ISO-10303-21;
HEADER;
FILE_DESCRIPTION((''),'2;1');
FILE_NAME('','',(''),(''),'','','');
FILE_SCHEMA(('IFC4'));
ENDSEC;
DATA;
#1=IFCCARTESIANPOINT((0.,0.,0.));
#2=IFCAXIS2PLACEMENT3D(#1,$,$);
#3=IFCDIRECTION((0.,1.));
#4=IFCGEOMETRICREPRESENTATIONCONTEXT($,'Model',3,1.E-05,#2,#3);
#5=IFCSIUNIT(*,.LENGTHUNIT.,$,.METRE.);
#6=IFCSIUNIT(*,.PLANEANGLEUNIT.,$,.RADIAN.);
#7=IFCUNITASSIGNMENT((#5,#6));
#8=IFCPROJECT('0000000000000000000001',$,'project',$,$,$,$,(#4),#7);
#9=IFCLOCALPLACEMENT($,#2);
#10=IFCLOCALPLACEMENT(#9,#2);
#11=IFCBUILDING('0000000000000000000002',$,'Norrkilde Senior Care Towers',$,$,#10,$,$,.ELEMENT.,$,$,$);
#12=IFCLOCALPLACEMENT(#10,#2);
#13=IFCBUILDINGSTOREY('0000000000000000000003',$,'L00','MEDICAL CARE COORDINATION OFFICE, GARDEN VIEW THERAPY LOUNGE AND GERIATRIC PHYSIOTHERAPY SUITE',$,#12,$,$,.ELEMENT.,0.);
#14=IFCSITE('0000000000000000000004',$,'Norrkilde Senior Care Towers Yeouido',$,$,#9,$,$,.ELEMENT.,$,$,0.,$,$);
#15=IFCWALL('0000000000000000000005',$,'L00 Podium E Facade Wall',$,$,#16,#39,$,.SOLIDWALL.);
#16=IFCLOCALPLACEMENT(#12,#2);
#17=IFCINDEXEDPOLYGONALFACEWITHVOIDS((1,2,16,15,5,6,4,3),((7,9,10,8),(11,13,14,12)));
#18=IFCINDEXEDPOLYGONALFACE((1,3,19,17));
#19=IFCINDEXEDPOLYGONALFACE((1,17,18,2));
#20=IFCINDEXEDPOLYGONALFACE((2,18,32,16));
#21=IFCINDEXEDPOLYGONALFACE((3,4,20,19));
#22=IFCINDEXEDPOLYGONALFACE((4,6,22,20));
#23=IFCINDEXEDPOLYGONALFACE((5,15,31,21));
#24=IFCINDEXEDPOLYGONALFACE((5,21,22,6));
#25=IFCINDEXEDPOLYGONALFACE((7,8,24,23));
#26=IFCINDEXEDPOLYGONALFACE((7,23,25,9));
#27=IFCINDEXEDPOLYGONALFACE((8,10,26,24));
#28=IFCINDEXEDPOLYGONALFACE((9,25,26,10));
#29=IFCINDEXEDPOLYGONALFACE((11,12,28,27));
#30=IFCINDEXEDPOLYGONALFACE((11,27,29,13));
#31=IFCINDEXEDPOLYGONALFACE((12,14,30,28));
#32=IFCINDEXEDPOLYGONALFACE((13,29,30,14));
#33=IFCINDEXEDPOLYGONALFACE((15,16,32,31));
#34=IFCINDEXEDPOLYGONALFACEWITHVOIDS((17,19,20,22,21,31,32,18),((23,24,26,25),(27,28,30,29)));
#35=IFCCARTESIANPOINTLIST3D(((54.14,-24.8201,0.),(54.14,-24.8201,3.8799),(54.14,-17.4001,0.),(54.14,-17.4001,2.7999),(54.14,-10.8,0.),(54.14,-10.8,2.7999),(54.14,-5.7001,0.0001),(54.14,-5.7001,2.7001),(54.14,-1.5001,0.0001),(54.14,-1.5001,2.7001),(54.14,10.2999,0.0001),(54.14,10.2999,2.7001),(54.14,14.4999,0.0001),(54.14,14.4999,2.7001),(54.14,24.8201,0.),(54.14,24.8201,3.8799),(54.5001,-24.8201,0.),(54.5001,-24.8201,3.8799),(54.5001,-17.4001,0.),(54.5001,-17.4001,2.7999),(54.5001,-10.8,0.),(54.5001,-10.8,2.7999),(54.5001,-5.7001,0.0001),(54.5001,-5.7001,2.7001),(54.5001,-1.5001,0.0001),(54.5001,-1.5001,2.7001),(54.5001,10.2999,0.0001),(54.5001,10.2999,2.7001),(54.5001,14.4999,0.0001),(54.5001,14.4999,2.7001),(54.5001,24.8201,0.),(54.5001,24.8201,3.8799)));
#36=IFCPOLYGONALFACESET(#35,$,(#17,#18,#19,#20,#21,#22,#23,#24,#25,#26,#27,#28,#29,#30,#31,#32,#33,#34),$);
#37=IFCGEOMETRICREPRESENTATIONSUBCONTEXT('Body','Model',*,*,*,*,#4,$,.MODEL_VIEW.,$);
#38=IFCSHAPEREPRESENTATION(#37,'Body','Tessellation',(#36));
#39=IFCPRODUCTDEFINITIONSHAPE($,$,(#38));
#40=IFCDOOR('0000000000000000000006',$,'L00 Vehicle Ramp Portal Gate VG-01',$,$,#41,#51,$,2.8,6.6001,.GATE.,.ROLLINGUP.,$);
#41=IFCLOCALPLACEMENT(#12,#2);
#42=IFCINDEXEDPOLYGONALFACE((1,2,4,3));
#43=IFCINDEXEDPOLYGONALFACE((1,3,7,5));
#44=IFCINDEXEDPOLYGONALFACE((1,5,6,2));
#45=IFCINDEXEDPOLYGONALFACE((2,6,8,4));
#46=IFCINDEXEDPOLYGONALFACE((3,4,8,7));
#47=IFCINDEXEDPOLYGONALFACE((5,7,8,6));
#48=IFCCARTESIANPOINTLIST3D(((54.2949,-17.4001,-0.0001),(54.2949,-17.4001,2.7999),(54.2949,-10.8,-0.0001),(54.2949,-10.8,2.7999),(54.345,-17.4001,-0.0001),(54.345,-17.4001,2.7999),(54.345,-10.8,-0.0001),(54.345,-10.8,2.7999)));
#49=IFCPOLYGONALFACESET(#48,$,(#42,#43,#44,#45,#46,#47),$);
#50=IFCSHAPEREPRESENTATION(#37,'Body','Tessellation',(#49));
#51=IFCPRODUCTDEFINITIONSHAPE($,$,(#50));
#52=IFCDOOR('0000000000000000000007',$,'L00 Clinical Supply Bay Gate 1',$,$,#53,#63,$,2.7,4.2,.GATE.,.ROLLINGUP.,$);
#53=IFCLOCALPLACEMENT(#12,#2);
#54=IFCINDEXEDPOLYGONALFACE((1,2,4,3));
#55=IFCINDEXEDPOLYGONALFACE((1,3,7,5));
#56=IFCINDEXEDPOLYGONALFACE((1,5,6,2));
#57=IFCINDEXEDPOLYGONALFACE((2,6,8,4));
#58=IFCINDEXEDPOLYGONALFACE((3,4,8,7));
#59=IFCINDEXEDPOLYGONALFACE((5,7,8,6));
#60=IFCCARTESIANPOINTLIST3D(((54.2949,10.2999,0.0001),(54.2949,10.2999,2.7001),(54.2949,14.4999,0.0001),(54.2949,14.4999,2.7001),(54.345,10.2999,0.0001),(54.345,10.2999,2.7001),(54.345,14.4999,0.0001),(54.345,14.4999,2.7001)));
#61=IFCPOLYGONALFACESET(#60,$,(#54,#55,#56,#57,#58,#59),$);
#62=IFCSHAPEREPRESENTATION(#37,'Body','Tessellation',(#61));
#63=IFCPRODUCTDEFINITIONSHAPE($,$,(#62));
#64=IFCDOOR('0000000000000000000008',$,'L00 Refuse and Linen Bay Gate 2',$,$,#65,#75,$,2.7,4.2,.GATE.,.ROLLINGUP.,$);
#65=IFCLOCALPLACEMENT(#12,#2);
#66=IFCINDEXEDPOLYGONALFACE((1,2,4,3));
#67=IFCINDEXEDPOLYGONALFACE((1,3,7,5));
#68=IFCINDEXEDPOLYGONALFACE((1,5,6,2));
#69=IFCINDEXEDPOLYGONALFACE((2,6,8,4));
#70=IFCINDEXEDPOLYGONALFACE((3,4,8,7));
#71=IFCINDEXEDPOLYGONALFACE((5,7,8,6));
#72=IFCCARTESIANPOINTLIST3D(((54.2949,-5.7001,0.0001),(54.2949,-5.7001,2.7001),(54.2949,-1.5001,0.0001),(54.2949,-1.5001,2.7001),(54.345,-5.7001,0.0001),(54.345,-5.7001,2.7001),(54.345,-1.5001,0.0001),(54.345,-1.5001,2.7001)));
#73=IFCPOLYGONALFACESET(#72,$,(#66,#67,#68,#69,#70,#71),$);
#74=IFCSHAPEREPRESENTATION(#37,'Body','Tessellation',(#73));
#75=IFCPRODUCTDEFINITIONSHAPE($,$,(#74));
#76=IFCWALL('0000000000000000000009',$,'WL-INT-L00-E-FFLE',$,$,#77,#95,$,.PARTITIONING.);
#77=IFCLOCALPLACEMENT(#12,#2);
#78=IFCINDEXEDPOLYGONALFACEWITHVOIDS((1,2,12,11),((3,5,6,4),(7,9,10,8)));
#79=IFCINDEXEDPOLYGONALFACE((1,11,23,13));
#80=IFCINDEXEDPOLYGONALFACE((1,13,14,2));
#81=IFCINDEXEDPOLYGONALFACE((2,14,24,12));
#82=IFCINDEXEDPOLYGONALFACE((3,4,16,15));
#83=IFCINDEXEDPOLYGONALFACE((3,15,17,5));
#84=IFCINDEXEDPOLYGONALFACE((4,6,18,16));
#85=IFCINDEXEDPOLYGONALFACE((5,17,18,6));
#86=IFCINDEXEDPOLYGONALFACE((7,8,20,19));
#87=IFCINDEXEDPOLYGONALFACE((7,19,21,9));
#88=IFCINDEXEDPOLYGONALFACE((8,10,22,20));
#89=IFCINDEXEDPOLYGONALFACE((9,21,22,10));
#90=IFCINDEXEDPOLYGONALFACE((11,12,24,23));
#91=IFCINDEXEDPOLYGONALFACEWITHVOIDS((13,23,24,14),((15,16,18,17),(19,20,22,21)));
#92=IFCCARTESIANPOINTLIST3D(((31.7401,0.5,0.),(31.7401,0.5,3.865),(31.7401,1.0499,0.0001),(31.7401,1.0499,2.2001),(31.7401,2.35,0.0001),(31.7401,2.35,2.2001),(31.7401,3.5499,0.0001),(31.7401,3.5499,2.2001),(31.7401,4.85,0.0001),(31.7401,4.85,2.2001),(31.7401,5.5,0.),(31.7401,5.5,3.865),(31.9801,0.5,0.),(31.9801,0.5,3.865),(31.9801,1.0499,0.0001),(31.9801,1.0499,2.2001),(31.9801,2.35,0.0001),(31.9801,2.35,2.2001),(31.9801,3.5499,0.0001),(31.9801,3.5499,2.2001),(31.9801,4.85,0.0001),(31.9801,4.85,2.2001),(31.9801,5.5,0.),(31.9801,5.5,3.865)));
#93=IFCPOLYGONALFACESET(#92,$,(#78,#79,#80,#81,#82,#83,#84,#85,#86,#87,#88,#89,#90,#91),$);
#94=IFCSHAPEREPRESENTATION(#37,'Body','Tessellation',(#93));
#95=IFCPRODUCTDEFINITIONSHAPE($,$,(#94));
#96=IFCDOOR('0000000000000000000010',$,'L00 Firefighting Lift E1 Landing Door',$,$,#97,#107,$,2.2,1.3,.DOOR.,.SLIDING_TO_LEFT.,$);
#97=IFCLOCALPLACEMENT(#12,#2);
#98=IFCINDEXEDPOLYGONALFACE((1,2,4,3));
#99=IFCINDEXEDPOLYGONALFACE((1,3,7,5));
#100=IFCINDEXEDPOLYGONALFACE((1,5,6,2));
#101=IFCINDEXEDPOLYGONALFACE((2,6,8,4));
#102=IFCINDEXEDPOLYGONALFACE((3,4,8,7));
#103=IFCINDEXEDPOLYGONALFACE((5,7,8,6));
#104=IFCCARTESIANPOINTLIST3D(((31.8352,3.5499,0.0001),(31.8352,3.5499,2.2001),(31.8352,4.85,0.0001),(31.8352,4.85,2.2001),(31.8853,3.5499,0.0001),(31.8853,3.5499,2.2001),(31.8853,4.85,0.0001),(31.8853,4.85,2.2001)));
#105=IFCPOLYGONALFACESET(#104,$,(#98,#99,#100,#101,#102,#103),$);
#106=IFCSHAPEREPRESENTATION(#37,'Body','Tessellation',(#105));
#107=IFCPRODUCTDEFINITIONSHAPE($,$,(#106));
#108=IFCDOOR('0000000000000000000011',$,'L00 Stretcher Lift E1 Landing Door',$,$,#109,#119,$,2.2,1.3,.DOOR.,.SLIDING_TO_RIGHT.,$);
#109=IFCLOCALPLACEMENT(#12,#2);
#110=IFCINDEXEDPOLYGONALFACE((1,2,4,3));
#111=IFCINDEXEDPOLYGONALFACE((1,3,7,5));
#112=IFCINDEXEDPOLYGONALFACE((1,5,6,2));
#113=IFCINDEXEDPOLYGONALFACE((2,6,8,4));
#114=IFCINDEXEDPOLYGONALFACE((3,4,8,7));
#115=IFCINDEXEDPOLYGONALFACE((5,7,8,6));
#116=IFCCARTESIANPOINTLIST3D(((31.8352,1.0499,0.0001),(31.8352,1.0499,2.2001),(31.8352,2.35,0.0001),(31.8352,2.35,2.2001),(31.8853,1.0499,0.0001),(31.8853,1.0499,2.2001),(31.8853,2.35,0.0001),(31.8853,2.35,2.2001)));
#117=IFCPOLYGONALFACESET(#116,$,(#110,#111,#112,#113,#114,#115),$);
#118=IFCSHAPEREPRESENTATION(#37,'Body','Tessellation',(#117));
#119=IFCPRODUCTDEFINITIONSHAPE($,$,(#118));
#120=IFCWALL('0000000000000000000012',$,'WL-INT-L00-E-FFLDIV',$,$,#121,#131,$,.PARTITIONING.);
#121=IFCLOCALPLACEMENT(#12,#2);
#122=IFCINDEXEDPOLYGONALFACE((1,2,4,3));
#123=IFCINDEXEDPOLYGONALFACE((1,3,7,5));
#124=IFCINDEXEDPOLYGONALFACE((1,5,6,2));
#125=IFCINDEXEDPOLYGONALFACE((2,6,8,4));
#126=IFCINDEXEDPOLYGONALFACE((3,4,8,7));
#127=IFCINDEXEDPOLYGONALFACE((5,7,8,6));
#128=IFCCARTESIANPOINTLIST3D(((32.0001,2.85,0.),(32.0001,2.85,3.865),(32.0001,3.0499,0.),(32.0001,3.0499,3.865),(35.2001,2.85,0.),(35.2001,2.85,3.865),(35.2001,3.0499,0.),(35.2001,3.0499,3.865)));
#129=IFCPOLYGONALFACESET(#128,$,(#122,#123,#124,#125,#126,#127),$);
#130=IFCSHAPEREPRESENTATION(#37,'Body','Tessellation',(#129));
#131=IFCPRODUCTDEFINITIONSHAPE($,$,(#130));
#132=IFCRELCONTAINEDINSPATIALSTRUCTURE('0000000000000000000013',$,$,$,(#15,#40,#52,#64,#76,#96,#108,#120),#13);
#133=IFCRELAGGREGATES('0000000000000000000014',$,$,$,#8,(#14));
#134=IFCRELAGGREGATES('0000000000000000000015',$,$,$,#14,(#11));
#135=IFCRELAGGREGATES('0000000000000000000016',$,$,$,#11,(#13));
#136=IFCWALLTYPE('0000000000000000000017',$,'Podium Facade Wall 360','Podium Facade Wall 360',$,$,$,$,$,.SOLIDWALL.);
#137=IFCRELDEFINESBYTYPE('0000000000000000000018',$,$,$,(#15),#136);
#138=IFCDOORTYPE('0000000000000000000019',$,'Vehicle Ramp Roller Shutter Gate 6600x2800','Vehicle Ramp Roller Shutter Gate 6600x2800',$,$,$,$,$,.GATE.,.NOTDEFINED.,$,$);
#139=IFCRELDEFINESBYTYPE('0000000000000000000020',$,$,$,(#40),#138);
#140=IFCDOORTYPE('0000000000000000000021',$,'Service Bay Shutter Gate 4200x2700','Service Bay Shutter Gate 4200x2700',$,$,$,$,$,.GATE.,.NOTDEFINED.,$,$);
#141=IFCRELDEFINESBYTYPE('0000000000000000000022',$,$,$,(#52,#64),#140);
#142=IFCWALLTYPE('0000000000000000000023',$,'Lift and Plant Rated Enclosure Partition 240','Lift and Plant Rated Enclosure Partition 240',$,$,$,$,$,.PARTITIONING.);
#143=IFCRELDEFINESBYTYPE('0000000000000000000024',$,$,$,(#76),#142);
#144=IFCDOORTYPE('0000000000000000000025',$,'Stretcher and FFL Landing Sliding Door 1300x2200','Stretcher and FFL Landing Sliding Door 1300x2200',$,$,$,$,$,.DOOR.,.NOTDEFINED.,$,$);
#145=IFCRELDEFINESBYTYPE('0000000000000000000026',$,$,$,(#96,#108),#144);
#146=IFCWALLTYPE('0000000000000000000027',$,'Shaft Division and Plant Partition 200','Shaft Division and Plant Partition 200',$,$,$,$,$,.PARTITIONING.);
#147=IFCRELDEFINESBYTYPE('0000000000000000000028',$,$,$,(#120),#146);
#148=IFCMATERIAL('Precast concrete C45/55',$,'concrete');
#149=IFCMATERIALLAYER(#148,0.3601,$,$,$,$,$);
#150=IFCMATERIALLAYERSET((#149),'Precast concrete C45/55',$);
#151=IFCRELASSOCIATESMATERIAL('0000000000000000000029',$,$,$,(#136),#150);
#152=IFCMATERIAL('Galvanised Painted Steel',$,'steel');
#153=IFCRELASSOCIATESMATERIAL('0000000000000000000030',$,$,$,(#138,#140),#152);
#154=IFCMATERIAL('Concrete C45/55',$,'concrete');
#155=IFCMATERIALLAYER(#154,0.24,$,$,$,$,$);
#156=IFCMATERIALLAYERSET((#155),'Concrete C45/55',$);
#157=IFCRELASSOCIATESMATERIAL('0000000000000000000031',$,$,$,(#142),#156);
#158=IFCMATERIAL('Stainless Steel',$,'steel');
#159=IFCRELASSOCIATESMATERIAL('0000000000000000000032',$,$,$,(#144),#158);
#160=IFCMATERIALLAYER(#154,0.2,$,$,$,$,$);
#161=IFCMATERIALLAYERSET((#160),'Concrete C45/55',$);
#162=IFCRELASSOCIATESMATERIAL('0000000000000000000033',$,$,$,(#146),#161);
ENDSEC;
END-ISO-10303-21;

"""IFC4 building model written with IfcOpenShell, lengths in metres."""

from ifc_helpers import new_model, si_unit, direction, frame, frame_2d, origin, place, context, subcontext, project, spatial, rectangle, extrude, source, transform, mapped, material, layer, layer_set, type_object, type_shapes, element, fill, save


model = new_model("IFC4")

# Units and contexts
model_context = context("Model", 3, precision=1e-05, world=origin(), true_north=direction((0.0, 1.0)))
body_context = subcontext(model_context, "Body", "Model", "MODEL_VIEW")
ifc_project = project(units=[si_unit("LENGTHUNIT", "METRE"), si_unit("PLANEANGLEUNIT", "RADIAN")], contexts=[model_context])

# Site, building, storey
site_placement = place(None, origin())
site = spatial("IfcSite", under=ifc_project, at=site_placement, Name="Norrkilde Senior Care Towers Yeouido", CompositionType="ELEMENT", RefElevation=0.0)
building_placement = place(site_placement, origin())
building = spatial("IfcBuilding", under=site, at=building_placement, Name="Norrkilde Senior Care Towers", CompositionType="ELEMENT")
storey_placement = place(building_placement, origin())
storey = spatial("IfcBuildingStorey", under=building, at=storey_placement, Name="L00", Description="MEDICAL CARE COORDINATION OFFICE, GARDEN VIEW THERAPY LOUNGE AND GERIATRIC PHYSIOTHERAPY SUITE", CompositionType="ELEMENT", Elevation=0.0)

# Shared definitions
ifc_material_1 = material(Name="Galvanised Painted Steel", Category="steel")

# Wall, openings, doors
ifc_material_2 = material(Name="Precast concrete C45/55", Category="concrete")
ifc_layer_1 = layer(ifc_material_2, 0.3601)
ifc_layer_set_1 = layer_set([ifc_layer_1], Name="Precast concrete C45/55")
wall_type_1 = type_object("IfcWallType", Name="Podium Facade Wall 360", Description="Podium Facade Wall 360", PredefinedType="SOLIDWALL", material=ifc_layer_set_1)
shared_shape_1 = source(origin(), body_context, "Body", "SweptSolid", [
    extrude(rectangle(XDim=49.6401, YDim=0.3601, at=frame_2d((24.8201, 0.0))), origin(), (0.0, 0.0, 1.0), 3.8799),
])
type_shapes(wall_type_1, [shared_shape_1])
wall_1_placement = place(storey_placement, frame((54.3201, 24.8201, 0.0), z_axis=(0.0, 0.0, 1.0), x_axis=(0.0, -1.0, 0.0)))
wall_1 = element("IfcWall", 1, at=wall_1_placement, inside=storey, type_object=wall_type_1, Name="L00 Podium E Facade Wall", PredefinedType="SOLIDWALL", context=body_context, shape_type="MappedRepresentation", body=[
    mapped(shared_shape_1, transform((0.0, 0.0, 0.0), x_axis=(1.0, 0.0, 0.0), y_axis=(0.0, 1.0, 0.0), z_axis=(0.0, 0.0, 1.0), scale=1.0)),
])
opening_1_placement = place(wall_1_placement, frame((35.6201, 0.0, 0.0)))
opening_1 = element("IfcOpeningElement", 2, at=opening_1_placement, cuts=wall_1, PredefinedType="OPENING", context=body_context, shape_type="SweptSolid", body=[
    extrude(rectangle(XDim=6.6001, YDim=2.8, at=frame_2d((3.3, 1.3999))), frame((0.0, 0.1899, 0.0), z_axis=(0.0, -1.0, 0.0), x_axis=(1.0, 0.0, 0.0)), (0.0, 0.0, 1.0), 0.3801),
])
opening_2_placement = place(wall_1_placement, frame((10.3201, 0.0, 0.0)))
opening_2 = element("IfcOpeningElement", 3, at=opening_2_placement, cuts=wall_1, PredefinedType="OPENING", context=body_context, shape_type="SweptSolid", body=[
    extrude(rectangle(XDim=4.2, YDim=2.7, at=frame_2d((2.1001, 1.3501))), frame((0.0, 0.1899, 0.0), z_axis=(0.0, -1.0, 0.0), x_axis=(1.0, 0.0, 0.0)), (0.0, 0.0, 1.0), 0.3801),
])
opening_3_placement = place(wall_1_placement, frame((26.3201, 0.0, 0.0)))
opening_3 = element("IfcOpeningElement", 4, at=opening_3_placement, cuts=wall_1, PredefinedType="OPENING", context=body_context, shape_type="SweptSolid", body=[
    extrude(rectangle(XDim=4.2, YDim=2.7, at=frame_2d((2.1001, 1.3501))), frame((0.0, 0.1899, 0.0), z_axis=(0.0, -1.0, 0.0), x_axis=(1.0, 0.0, 0.0)), (0.0, 0.0, 1.0), 0.3801),
])
door_type_1 = type_object("IfcDoorType", Name="Vehicle Ramp Roller Shutter Gate 6600x2800", Description="Vehicle Ramp Roller Shutter Gate 6600x2800", OperationType="NOTDEFINED", PredefinedType="GATE", material=ifc_material_1)
shared_shape_2 = source(origin(), body_context, "Body", "SweptSolid", [
    extrude(rectangle(XDim=6.6001, YDim=2.8, at=frame_2d((3.3, 1.3999))), frame((0.0, 0.0249, 0.0), z_axis=(0.0, -1.0, 0.0), x_axis=(1.0, 0.0, 0.0)), (0.0, 0.0, 1.0), 0.05),
])
type_shapes(door_type_1, [shared_shape_2])
door_1_placement = place(opening_1_placement, origin())
door_1 = element("IfcDoor", 5, at=door_1_placement, inside=storey, type_object=door_type_1, Name="L00 Vehicle Ramp Portal Gate VG-01", OperationType="ROLLINGUP", OverallHeight=2.8, OverallWidth=6.6001, PredefinedType="GATE", context=body_context, shape_type="MappedRepresentation", body=[
    mapped(shared_shape_2, transform((0.0, 0.0, 0.0), x_axis=(1.0, 0.0, 0.0), y_axis=(0.0, 1.0, 0.0), z_axis=(0.0, 0.0, 1.0), scale=1.0)),
])
fill(opening_1, door_1)
door_type_2 = type_object("IfcDoorType", Name="Service Bay Shutter Gate 4200x2700", Description="Service Bay Shutter Gate 4200x2700", OperationType="NOTDEFINED", PredefinedType="GATE", material=ifc_material_1)
shared_shape_3 = source(origin(), body_context, "Body", "SweptSolid", [
    extrude(rectangle(XDim=4.2, YDim=2.7, at=frame_2d((2.1001, 1.3501))), frame((0.0, 0.0249, 0.0), z_axis=(0.0, -1.0, 0.0), x_axis=(1.0, 0.0, 0.0)), (0.0, 0.0, 1.0), 0.05),
])
type_shapes(door_type_2, [shared_shape_3])
door_2_placement = place(opening_2_placement, origin())
door_2 = element("IfcDoor", 6, at=door_2_placement, inside=storey, type_object=door_type_2, Name="L00 Clinical Supply Bay Gate 1", OperationType="ROLLINGUP", OverallHeight=2.7, OverallWidth=4.2, PredefinedType="GATE", context=body_context, shape_type="MappedRepresentation", body=[
    mapped(shared_shape_3, transform((0.0, 0.0, 0.0), x_axis=(1.0, 0.0, 0.0), y_axis=(0.0, 1.0, 0.0), z_axis=(0.0, 0.0, 1.0), scale=1.0)),
])
fill(opening_2, door_2)
door_3_placement = place(opening_3_placement, origin())
door_3 = element("IfcDoor", 7, at=door_3_placement, inside=storey, type_object=door_type_2, Name="L00 Refuse and Linen Bay Gate 2", OperationType="ROLLINGUP", OverallHeight=2.7, OverallWidth=4.2, PredefinedType="GATE", context=body_context, shape_type="MappedRepresentation", body=[
    mapped(shared_shape_3, transform((0.0, 0.0, 0.0), x_axis=(1.0, 0.0, 0.0), y_axis=(0.0, 1.0, 0.0), z_axis=(0.0, 0.0, 1.0), scale=1.0)),
])
fill(opening_3, door_3)

# Shared definitions
ifc_material_3 = material(Name="Concrete C45/55", Category="concrete")

# Wall, openings, doors
ifc_layer_2 = layer(ifc_material_3, 0.24)
ifc_layer_set_2 = layer_set([ifc_layer_2], Name="Concrete C45/55")
wall_type_2 = type_object("IfcWallType", Name="Lift and Plant Rated Enclosure Partition 240", Description="Lift and Plant Rated Enclosure Partition 240", PredefinedType="PARTITIONING", material=ifc_layer_set_2)
shared_shape_4 = source(origin(), body_context, "Body", "SweptSolid", [
    extrude(rectangle(XDim=5.0, YDim=0.24, at=frame_2d((2.5, 0.0))), origin(), (0.0, 0.0, 1.0), 3.865),
])
type_shapes(wall_type_2, [shared_shape_4])
wall_2_placement = place(storey_placement, frame((31.8601, 0.5, 0.0), z_axis=(0.0, 0.0, 1.0), x_axis=(0.0, 1.0, 0.0)))
wall_2 = element("IfcWall", 8, at=wall_2_placement, inside=storey, type_object=wall_type_2, Name="WL-INT-L00-E-FFLE", PredefinedType="PARTITIONING", context=body_context, shape_type="MappedRepresentation", body=[
    mapped(shared_shape_4, transform((0.0, 0.0, 0.0), x_axis=(1.0, 0.0, 0.0), y_axis=(0.0, 1.0, 0.0), z_axis=(0.0, 0.0, 1.0), scale=1.0)),
])
opening_4_placement = place(wall_2_placement, frame((3.05, 0.0, 0.0)))
opening_4 = element("IfcOpeningElement", 9, at=opening_4_placement, cuts=wall_2, PredefinedType="OPENING", context=body_context, shape_type="SweptSolid", body=[
    extrude(rectangle(XDim=1.3, YDim=2.2, at=frame_2d((0.6499, 1.1001))), frame((0.0, 0.1299, 0.0), z_axis=(0.0, -1.0, 0.0), x_axis=(1.0, 0.0, 0.0)), (0.0, 0.0, 1.0), 0.26),
])
opening_5_placement = place(wall_2_placement, frame((0.55, 0.0, 0.0)))
opening_5 = element("IfcOpeningElement", 10, at=opening_5_placement, cuts=wall_2, PredefinedType="OPENING", context=body_context, shape_type="SweptSolid", body=[
    extrude(rectangle(XDim=1.3, YDim=2.2, at=frame_2d((0.6499, 1.1001))), frame((0.0, 0.1299, 0.0), z_axis=(0.0, -1.0, 0.0), x_axis=(1.0, 0.0, 0.0)), (0.0, 0.0, 1.0), 0.26),
])
ifc_material_4 = material(Name="Stainless Steel", Category="steel")
door_type_3 = type_object("IfcDoorType", Name="Stretcher and FFL Landing Sliding Door 1300x2200", Description="Stretcher and FFL Landing Sliding Door 1300x2200", OperationType="NOTDEFINED", PredefinedType="DOOR", material=ifc_material_4)
shared_shape_5 = source(origin(), body_context, "Body", "SweptSolid", [
    extrude(rectangle(XDim=1.3, YDim=2.2, at=frame_2d((0.6499, 1.1001))), frame((0.0, 0.0249, 0.0), z_axis=(0.0, -1.0, 0.0), x_axis=(1.0, 0.0, 0.0)), (0.0, 0.0, 1.0), 0.05),
])
type_shapes(door_type_3, [shared_shape_5])
door_4_placement = place(opening_4_placement, origin())
door_4 = element("IfcDoor", 11, at=door_4_placement, inside=storey, type_object=door_type_3, Name="L00 Firefighting Lift E1 Landing Door", OperationType="SLIDING_TO_LEFT", OverallHeight=2.2, OverallWidth=1.3, PredefinedType="DOOR", context=body_context, shape_type="MappedRepresentation", body=[
    mapped(shared_shape_5, transform((0.0, 0.0, 0.0), x_axis=(1.0, 0.0, 0.0), y_axis=(0.0, 1.0, 0.0), z_axis=(0.0, 0.0, 1.0), scale=1.0)),
])
fill(opening_4, door_4)
door_5_placement = place(opening_5_placement, origin())
door_5 = element("IfcDoor", 12, at=door_5_placement, inside=storey, type_object=door_type_3, Name="L00 Stretcher Lift E1 Landing Door", OperationType="SLIDING_TO_RIGHT", OverallHeight=2.2, OverallWidth=1.3, PredefinedType="DOOR", context=body_context, shape_type="MappedRepresentation", body=[
    mapped(shared_shape_5, transform((0.0, 0.0, 0.0), x_axis=(1.0, 0.0, 0.0), y_axis=(0.0, 1.0, 0.0), z_axis=(0.0, 0.0, 1.0), scale=1.0)),
])
fill(opening_5, door_5)

# Wall
ifc_layer_3 = layer(ifc_material_3, 0.2)
ifc_layer_set_3 = layer_set([ifc_layer_3], Name="Concrete C45/55")
wall_type_3 = type_object("IfcWallType", Name="Shaft Division and Plant Partition 200", Description="Shaft Division and Plant Partition 200", PredefinedType="PARTITIONING", material=ifc_layer_set_3)
shared_shape_6 = source(origin(), body_context, "Body", "SweptSolid", [
    extrude(rectangle(XDim=3.2, YDim=0.2, at=frame_2d((1.6001, 0.0))), origin(), (0.0, 0.0, 1.0), 3.865),
])
type_shapes(wall_type_3, [shared_shape_6])
wall_3_placement = place(storey_placement, frame((32.0, 2.95, 0.0), z_axis=(0.0, 0.0, 1.0), x_axis=(1.0, 0.0, 0.0)))
element("IfcWall", 13, at=wall_3_placement, inside=storey, type_object=wall_type_3, Name="WL-INT-L00-E-FFLDIV", PredefinedType="PARTITIONING", context=body_context, shape_type="MappedRepresentation", body=[
    mapped(shared_shape_6, transform((0.0, 0.0, 0.0), x_axis=(1.0, 0.0, 0.0), y_axis=(0.0, 1.0, 0.0), z_axis=(0.0, 0.0, 1.0), scale=1.0)),
])

save(model, "model.ifc")
